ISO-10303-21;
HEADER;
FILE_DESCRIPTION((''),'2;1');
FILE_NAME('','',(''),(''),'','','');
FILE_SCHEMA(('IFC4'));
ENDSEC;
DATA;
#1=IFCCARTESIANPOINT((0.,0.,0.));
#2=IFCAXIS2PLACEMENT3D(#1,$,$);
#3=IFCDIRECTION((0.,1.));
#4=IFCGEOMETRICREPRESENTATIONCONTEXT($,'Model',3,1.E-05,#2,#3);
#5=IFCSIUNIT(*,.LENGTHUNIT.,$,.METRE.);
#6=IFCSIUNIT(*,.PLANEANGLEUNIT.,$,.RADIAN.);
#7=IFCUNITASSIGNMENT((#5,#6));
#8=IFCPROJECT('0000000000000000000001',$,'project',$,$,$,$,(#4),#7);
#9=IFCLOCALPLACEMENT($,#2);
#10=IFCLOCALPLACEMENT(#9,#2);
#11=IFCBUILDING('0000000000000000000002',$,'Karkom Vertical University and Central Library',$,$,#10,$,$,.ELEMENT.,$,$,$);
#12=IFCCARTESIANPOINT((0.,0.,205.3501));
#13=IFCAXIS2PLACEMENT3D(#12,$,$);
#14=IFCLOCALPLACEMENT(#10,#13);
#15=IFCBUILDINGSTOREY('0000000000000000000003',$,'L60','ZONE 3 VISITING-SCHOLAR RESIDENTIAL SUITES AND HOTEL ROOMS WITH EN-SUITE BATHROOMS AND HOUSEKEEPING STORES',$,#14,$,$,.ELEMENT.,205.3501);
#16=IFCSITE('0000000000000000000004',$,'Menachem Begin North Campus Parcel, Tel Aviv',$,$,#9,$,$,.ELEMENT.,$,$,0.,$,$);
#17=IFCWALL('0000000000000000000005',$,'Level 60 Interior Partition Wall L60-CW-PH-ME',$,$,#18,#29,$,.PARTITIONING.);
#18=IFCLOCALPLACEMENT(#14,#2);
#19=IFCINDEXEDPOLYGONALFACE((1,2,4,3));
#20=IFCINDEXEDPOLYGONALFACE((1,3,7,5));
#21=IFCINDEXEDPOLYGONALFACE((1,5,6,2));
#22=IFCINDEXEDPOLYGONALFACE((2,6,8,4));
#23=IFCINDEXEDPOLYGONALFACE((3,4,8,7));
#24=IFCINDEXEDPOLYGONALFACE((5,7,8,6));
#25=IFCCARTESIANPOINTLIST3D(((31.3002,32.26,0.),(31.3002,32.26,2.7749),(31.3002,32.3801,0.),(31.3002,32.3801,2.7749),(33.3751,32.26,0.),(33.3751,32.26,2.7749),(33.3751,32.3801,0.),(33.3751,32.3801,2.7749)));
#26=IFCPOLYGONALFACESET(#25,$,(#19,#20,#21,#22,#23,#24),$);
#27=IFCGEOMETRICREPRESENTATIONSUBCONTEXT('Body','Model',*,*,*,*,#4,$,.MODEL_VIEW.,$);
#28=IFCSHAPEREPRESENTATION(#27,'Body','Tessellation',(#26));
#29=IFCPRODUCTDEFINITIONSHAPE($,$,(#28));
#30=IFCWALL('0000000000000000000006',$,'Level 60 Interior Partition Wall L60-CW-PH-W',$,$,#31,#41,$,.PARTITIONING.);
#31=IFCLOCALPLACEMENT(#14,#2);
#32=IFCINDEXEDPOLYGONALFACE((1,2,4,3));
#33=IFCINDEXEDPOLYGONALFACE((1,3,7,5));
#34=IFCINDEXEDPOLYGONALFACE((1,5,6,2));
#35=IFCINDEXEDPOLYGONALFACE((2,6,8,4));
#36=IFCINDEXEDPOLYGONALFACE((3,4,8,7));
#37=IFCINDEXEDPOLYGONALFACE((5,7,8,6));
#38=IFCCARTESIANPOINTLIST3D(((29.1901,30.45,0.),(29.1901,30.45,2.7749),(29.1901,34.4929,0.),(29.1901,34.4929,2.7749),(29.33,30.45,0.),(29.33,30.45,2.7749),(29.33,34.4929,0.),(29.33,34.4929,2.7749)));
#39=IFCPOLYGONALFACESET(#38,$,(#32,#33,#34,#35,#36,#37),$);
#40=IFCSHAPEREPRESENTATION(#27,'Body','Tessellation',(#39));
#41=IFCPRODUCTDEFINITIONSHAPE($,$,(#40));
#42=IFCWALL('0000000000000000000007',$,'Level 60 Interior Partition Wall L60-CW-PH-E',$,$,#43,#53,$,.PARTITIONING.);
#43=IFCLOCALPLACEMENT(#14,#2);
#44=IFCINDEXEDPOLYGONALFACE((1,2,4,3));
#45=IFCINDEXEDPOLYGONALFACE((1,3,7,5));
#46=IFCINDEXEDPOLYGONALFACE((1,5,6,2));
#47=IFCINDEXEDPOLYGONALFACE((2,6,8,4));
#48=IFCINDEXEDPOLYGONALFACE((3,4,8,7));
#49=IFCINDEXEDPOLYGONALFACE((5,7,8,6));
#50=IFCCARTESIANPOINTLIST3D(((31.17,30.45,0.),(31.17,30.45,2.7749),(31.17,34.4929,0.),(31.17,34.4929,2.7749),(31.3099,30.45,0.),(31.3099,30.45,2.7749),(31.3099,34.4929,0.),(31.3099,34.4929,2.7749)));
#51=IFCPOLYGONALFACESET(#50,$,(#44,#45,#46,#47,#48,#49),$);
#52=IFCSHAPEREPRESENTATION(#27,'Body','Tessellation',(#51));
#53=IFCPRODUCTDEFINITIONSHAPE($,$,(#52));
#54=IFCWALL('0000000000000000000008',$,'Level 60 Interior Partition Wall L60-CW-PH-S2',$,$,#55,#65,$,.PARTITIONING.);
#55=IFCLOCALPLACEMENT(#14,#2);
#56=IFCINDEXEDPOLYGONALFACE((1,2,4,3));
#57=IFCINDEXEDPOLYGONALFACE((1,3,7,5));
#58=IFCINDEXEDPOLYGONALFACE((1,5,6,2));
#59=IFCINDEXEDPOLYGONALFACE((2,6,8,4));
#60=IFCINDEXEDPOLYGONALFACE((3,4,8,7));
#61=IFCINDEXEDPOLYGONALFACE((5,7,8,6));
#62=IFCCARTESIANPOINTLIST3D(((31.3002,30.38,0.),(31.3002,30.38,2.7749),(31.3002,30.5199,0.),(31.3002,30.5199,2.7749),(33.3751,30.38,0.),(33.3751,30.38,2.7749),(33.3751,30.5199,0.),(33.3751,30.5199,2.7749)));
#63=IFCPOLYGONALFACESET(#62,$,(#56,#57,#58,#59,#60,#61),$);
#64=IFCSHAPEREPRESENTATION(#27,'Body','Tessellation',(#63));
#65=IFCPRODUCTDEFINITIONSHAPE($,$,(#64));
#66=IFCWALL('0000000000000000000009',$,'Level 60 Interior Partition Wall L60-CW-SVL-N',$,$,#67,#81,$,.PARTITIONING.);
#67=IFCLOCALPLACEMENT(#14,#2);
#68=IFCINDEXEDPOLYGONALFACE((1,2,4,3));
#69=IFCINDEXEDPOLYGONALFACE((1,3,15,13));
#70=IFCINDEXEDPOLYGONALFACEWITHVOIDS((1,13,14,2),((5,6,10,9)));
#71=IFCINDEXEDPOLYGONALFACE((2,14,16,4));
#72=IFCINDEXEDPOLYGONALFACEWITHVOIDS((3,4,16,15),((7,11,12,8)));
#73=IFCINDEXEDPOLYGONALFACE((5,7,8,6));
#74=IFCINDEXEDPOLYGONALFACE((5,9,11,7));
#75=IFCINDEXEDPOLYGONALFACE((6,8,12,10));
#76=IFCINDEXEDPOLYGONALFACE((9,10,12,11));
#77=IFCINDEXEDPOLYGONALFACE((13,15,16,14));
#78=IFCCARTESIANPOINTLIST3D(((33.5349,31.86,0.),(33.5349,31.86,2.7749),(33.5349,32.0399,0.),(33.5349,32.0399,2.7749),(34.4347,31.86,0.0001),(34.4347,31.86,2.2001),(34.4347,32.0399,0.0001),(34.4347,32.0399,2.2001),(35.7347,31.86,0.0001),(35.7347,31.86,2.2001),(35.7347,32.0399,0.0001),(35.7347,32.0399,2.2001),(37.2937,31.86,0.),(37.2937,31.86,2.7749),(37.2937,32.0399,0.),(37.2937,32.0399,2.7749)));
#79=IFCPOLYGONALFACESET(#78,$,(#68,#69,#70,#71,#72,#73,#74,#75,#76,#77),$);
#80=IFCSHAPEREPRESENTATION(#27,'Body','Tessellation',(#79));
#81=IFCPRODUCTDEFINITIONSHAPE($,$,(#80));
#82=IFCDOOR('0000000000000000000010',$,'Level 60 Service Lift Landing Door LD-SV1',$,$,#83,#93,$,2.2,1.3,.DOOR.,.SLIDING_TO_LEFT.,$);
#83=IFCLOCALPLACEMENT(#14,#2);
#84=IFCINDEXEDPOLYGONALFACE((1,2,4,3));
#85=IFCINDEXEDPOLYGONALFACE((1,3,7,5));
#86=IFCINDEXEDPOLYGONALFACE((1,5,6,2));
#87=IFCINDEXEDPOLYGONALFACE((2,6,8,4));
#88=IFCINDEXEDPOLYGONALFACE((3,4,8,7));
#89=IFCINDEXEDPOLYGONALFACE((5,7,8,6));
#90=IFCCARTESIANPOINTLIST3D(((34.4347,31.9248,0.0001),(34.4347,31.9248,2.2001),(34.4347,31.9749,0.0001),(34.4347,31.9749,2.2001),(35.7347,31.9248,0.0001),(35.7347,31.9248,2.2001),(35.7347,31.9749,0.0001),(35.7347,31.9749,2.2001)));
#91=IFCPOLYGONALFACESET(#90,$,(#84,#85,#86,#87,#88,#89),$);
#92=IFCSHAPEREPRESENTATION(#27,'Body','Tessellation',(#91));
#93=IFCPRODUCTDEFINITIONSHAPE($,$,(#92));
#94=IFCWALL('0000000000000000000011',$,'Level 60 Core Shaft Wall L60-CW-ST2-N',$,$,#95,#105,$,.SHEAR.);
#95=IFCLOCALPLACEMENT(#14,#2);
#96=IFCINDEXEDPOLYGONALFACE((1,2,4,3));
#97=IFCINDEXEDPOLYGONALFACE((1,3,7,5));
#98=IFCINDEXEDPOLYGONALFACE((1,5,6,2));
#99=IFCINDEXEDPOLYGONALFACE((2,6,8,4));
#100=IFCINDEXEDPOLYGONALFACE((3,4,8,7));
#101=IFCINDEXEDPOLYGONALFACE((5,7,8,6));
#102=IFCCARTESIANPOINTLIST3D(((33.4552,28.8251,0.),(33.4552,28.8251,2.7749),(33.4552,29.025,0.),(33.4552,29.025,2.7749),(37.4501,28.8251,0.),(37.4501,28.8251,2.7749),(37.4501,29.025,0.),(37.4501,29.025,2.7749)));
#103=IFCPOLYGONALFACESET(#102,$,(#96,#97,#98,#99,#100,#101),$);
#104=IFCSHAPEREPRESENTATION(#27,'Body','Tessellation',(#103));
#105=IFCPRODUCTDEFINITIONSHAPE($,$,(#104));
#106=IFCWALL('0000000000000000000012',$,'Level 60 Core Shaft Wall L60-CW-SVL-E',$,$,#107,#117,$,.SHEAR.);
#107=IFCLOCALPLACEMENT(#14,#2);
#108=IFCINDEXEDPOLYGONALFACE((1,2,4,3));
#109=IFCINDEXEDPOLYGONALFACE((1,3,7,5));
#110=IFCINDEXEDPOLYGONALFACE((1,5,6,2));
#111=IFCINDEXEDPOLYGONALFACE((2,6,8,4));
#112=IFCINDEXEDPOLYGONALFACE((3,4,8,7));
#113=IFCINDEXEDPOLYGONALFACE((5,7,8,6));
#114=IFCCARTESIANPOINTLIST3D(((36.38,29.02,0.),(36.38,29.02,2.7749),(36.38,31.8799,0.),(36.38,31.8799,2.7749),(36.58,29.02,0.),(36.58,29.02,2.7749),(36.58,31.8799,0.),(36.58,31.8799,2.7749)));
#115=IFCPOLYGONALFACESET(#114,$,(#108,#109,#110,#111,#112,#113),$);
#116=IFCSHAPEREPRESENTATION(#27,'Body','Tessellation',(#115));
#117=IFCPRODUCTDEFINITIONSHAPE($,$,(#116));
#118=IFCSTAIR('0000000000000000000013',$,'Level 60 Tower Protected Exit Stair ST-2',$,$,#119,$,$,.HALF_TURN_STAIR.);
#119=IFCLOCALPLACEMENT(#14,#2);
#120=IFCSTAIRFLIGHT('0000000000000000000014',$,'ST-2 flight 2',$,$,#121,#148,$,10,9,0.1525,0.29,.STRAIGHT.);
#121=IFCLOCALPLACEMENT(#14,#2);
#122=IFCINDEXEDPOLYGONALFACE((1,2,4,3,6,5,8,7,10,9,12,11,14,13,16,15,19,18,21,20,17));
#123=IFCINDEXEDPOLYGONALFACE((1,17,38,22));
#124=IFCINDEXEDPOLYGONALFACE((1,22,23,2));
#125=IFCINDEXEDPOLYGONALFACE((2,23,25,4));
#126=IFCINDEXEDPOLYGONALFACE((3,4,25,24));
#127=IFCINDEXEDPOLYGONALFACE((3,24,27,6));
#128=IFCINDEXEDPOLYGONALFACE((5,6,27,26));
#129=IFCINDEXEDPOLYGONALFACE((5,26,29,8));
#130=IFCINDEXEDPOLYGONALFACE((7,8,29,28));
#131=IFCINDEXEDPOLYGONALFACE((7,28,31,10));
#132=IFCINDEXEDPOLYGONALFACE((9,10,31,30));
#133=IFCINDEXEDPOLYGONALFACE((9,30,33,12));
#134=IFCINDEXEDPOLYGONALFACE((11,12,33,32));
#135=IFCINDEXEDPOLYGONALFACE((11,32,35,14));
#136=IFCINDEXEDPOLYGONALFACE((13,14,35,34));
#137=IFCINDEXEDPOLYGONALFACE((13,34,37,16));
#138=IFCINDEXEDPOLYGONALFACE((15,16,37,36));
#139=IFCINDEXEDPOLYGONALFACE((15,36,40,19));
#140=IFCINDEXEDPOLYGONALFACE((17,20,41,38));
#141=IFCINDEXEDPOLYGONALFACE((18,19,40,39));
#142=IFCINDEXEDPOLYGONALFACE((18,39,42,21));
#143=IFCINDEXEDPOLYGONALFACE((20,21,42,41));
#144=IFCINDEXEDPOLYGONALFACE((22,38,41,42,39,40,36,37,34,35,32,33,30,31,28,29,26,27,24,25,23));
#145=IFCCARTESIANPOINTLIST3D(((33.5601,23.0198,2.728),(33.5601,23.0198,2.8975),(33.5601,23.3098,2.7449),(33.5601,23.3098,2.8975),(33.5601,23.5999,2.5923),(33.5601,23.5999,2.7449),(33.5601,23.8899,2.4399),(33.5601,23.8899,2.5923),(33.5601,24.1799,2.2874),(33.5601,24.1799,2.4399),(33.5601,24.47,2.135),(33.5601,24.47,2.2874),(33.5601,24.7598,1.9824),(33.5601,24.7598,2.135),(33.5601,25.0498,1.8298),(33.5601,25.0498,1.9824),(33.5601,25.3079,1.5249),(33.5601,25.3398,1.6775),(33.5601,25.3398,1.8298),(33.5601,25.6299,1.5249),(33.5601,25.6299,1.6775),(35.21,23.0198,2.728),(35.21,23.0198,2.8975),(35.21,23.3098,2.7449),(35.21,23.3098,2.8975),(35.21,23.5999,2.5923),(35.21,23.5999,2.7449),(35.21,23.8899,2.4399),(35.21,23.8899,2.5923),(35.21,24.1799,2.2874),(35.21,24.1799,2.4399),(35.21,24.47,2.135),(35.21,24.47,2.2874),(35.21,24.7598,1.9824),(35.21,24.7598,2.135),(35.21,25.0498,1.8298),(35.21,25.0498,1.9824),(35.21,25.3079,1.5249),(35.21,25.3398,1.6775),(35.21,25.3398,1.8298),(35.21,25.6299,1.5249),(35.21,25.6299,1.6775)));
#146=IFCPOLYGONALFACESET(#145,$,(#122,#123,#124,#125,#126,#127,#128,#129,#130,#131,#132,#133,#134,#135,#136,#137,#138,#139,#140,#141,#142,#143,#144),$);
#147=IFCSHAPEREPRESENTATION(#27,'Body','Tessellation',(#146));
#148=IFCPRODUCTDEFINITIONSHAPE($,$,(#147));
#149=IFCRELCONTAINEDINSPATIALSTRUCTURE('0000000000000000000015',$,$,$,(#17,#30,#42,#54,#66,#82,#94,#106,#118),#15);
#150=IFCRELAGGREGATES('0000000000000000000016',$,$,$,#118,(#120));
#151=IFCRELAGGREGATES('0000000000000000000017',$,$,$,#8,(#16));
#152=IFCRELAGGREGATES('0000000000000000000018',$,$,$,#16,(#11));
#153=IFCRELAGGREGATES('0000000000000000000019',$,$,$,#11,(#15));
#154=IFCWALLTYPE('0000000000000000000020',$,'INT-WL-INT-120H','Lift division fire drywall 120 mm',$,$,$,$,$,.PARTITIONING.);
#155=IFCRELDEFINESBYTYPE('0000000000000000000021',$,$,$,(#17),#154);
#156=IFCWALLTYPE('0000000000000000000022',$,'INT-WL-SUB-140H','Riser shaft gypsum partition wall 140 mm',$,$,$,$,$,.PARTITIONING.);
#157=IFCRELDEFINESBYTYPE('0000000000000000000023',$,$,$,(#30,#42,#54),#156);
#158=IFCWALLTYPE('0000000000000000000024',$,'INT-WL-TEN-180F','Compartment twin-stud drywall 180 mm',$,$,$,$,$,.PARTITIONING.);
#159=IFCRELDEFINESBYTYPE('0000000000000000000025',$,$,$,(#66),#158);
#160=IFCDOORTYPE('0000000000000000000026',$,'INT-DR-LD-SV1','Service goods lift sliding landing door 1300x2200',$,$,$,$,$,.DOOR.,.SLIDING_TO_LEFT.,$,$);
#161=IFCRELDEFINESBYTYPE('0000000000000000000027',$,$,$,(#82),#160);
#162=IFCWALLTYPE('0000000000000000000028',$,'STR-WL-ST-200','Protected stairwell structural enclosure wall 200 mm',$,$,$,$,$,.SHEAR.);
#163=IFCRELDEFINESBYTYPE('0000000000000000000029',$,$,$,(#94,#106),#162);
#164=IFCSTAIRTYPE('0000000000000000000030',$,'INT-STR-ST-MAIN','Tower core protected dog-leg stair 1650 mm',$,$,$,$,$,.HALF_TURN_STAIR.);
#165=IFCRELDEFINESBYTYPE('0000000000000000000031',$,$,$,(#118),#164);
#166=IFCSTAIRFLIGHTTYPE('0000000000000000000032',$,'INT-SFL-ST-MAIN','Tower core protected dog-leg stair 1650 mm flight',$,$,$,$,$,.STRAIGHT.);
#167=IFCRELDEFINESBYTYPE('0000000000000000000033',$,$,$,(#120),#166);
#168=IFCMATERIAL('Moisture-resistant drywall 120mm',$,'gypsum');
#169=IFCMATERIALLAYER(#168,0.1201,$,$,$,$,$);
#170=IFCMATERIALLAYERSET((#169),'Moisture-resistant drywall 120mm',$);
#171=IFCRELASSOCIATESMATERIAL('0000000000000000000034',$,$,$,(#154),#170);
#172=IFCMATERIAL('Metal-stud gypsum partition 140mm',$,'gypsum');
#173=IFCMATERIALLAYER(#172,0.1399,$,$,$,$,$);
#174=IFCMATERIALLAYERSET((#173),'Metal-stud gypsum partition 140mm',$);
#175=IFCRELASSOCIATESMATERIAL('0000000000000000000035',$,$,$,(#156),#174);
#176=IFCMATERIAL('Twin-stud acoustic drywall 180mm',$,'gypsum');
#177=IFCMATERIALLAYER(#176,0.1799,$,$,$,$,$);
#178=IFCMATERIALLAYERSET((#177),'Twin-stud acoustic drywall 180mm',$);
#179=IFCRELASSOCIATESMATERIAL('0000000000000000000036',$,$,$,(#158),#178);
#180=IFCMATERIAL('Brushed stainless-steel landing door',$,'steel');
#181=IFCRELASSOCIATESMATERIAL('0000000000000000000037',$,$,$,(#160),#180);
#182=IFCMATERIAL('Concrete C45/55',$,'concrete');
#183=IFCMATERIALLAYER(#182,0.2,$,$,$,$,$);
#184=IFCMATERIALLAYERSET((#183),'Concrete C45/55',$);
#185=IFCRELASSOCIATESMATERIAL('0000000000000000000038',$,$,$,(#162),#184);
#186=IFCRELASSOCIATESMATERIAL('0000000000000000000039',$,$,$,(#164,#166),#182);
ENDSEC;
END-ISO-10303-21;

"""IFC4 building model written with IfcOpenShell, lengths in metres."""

from ifc_helpers import new_model, si_unit, direction, frame, frame_2d, origin, origin_with_axes, place, context, subcontext, project, spatial, polyline, rectangle, outline, extrude, source, transform, mapped, material, layer, layer_set, type_object, element, fill, aggregate, save


model = new_model("IFC4")

# Units and contexts
model_context = context("Model", 3, precision=1e-05, world=origin(), true_north=direction((0.0, 1.0)))
body_context = subcontext(model_context, "Body", "Model", "MODEL_VIEW")
ifc_project = project(units=[si_unit("LENGTHUNIT", "METRE"), si_unit("PLANEANGLEUNIT", "RADIAN")], contexts=[model_context])

# Site, building, storey
site_placement = place(None, origin())
site = spatial("IfcSite", under=ifc_project, at=site_placement, Name="Menachem Begin North Campus Parcel, Tel Aviv", CompositionType="ELEMENT", RefElevation=0.0)
building_placement = place(site_placement, origin())
building = spatial("IfcBuilding", under=site, at=building_placement, Name="Karkom Vertical University and Central Library", CompositionType="ELEMENT")
storey_placement = place(building_placement, frame((0.0, 0.0, 205.3501)))
storey = spatial("IfcBuildingStorey", under=building, at=storey_placement, Name="L60", Description="ZONE 3 VISITING-SCHOLAR RESIDENTIAL SUITES AND HOTEL ROOMS WITH EN-SUITE BATHROOMS AND HOUSEKEEPING STORES", CompositionType="ELEMENT", Elevation=205.3501)

# Walls
ifc_material_1 = material(Name="Moisture-resistant drywall 120mm", Category="gypsum")
ifc_layer_1 = layer(ifc_material_1, 0.1201)
ifc_layer_set_1 = layer_set([ifc_layer_1], Name="Moisture-resistant drywall 120mm")
wall_type_1 = type_object("IfcWallType", Name="INT-WL-INT-120H", Description="Lift division fire drywall 120 mm", PredefinedType="PARTITIONING", material=ifc_layer_set_1)
wall_1_placement = place(storey_placement, frame((31.3, 32.3201, 0.0), z_axis=(0.0, 0.0, 1.0), x_axis=(1.0, 0.0, 0.0)))
element("IfcWall", 1, at=wall_1_placement, inside=storey, type_object=wall_type_1, Name="Level 60 Interior Partition Wall L60-CW-PH-ME", PredefinedType="PARTITIONING", context=body_context, shape_type="SweptSolid", body=[
    extrude(rectangle(XDim=2.075, YDim=0.1201, at=frame_2d((1.0376, 0.0))), origin(), (0.0, 0.0, 1.0), 2.7749),
])
ifc_material_2 = material(Name="Metal-stud gypsum partition 140mm", Category="gypsum")
ifc_layer_2 = layer(ifc_material_2, 0.1399)
ifc_layer_set_2 = layer_set([ifc_layer_2], Name="Metal-stud gypsum partition 140mm")
wall_type_2 = type_object("IfcWallType", Name="INT-WL-SUB-140H", Description="Riser shaft gypsum partition wall 140 mm", PredefinedType="PARTITIONING", material=ifc_layer_set_2)
for number, where, z_axis, x_axis, name in (
    (2, (29.26, 30.45, 0.0), (0.0, 0.0, 1.0), (0.0, 1.0, 0.0), "Level 60 Interior Partition Wall L60-CW-PH-W"),
    (3, (31.24, 30.45, 0.0), (0.0, 0.0, 1.0), (0.0, 1.0, 0.0), "Level 60 Interior Partition Wall L60-CW-PH-E"),
):
    element("IfcWall", number, at=place(storey_placement, frame(where, z_axis=z_axis, x_axis=x_axis)), inside=storey, type_object=wall_type_2, Name=name, PredefinedType="PARTITIONING", context=body_context, shape_type="SweptSolid", body=[
        extrude(rectangle(XDim=4.043, YDim=0.1399, at=frame_2d((2.0215, 0.0))), origin(), (0.0, 0.0, 1.0), 2.7749),
    ])
wall_2_placement = place(storey_placement, frame((31.3, 30.45, 0.0), z_axis=(0.0, 0.0, 1.0), x_axis=(1.0, 0.0, 0.0)))
element("IfcWall", 4, at=wall_2_placement, inside=storey, type_object=wall_type_2, Name="Level 60 Interior Partition Wall L60-CW-PH-S2", PredefinedType="PARTITIONING", context=body_context, shape_type="SweptSolid", body=[
    extrude(rectangle(XDim=2.075, YDim=0.1399, at=frame_2d((1.0376, 0.0))), origin(), (0.0, 0.0, 1.0), 2.7749),
])

# Wall, opening, door
ifc_material_3 = material(Name="Twin-stud acoustic drywall 180mm", Category="gypsum")
ifc_layer_3 = layer(ifc_material_3, 0.1799)
ifc_layer_set_3 = layer_set([ifc_layer_3], Name="Twin-stud acoustic drywall 180mm")
wall_type_3 = type_object("IfcWallType", Name="INT-WL-TEN-180F", Description="Compartment twin-stud drywall 180 mm", PredefinedType="PARTITIONING", material=ifc_layer_set_3)
wall_3_placement = place(storey_placement, frame((33.5349, 31.95, 0.0), z_axis=(0.0, 0.0, 1.0), x_axis=(1.0, 0.0, 0.0)))
wall_3 = element("IfcWall", 5, at=wall_3_placement, inside=storey, type_object=wall_type_3, Name="Level 60 Interior Partition Wall L60-CW-SVL-N", PredefinedType="PARTITIONING", context=body_context, shape_type="SweptSolid", body=[
    extrude(rectangle(XDim=3.7588, YDim=0.1799, at=frame_2d((1.8794, 0.0))), origin(), (0.0, 0.0, 1.0), 2.7749),
])
opening_1_placement = place(wall_3_placement, frame((0.8999, 0.0, 0.0)))
opening_1 = element("IfcOpeningElement", 6, at=opening_1_placement, cuts=wall_3, PredefinedType="OPENING", context=body_context, shape_type="SweptSolid", body=[
    extrude(rectangle(XDim=1.3, YDim=2.2, at=frame_2d((0.6499, 1.1001))), frame((0.0, 0.1001, 0.0), z_axis=(0.0, -1.0, 0.0), x_axis=(1.0, 0.0, 0.0)), (0.0, 0.0, 1.0), 0.2),
])
ifc_material_4 = material(Name="Brushed stainless-steel landing door", Category="steel")
door_type_1 = type_object("IfcDoorType", Name="INT-DR-LD-SV1", Description="Service goods lift sliding landing door 1300x2200", OperationType="SLIDING_TO_LEFT", PredefinedType="DOOR", material=ifc_material_4)
shared_shape_1 = source(origin_with_axes(), body_context, "Body", "SweptSolid", [
    extrude(rectangle(XDim=1.3, YDim=2.2, at=frame_2d((0.6499, 1.1001))), frame((0.0, 0.0249, 0.0), z_axis=(0.0, -1.0, 0.0), x_axis=(1.0, 0.0, 0.0)), (0.0, 0.0, 1.0), 0.05),
])
door_1_placement = place(opening_1_placement, origin())
door_1 = element("IfcDoor", 7, at=door_1_placement, inside=storey, type_object=door_type_1, Name="Level 60 Service Lift Landing Door LD-SV1", OperationType="SLIDING_TO_LEFT", OverallHeight=2.2, OverallWidth=1.3, PredefinedType="DOOR", context=body_context, shape_type="MappedRepresentation", body=[
    mapped(shared_shape_1, transform((0.0, 0.0, 0.0), scale=1.0)),
])
fill(opening_1, door_1)

# Walls
ifc_material_5 = material(Name="Concrete C45/55", Category="concrete")
ifc_layer_4 = layer(ifc_material_5, 0.2)
ifc_layer_set_4 = layer_set([ifc_layer_4], Name="Concrete C45/55")
wall_type_4 = type_object("IfcWallType", Name="STR-WL-ST-200", Description="Protected stairwell structural enclosure wall 200 mm", PredefinedType="SHEAR", material=ifc_layer_set_4)
wall_4_placement = place(storey_placement, frame((33.4551, 28.925, 0.0), z_axis=(0.0, 0.0, 1.0), x_axis=(1.0, 0.0, 0.0)))
element("IfcWall", 8, at=wall_4_placement, inside=storey, type_object=wall_type_4, Name="Level 60 Core Shaft Wall L60-CW-ST2-N", PredefinedType="SHEAR", context=body_context, shape_type="SweptSolid", body=[
    extrude(rectangle(XDim=3.9949, YDim=0.2, at=frame_2d((1.9976, 0.0))), origin(), (0.0, 0.0, 1.0), 2.7749),
])
wall_5_placement = place(storey_placement, frame((36.48, 29.02, 0.0), z_axis=(0.0, 0.0, 1.0), x_axis=(0.0, 1.0, 0.0)))
element("IfcWall", 9, at=wall_5_placement, inside=storey, type_object=wall_type_4, Name="Level 60 Core Shaft Wall L60-CW-SVL-E", PredefinedType="SHEAR", context=body_context, shape_type="SweptSolid", body=[
    extrude(rectangle(XDim=2.8599, YDim=0.2, at=frame_2d((1.4299, 0.0))), origin(), (0.0, 0.0, 1.0), 2.7749),
])

# Stair, stair flight
stair_type = type_object("IfcStairType", Name="INT-STR-ST-MAIN", Description="Tower core protected dog-leg stair 1650 mm", PredefinedType="HALF_TURN_STAIR", material=ifc_material_5)
stair_placement = place(storey_placement, origin())
stair = element("IfcStair", 10, at=stair_placement, inside=storey, type_object=stair_type, Name="Level 60 Tower Protected Exit Stair ST-2", PredefinedType="HALF_TURN_STAIR")
stair_flight_type = type_object("IfcStairFlightType", Name="INT-SFL-ST-MAIN", Description="Tower core protected dog-leg stair 1650 mm flight", PredefinedType="STRAIGHT", material=ifc_material_5)
stair_flight_placement = place(storey_placement, frame((34.385, 25.6299, 1.5249), z_axis=(0.0, 0.0, 1.0), x_axis=(0.0, -1.0, 0.0)))
stair_flight = element("IfcStairFlight", 11, at=stair_flight_placement, type_object=stair_flight_type, Name="ST-2 flight 2", NumberOfRisers=10, NumberOfTreads=9, PredefinedType="STRAIGHT", RiserHeight=0.1525, TreadLength=0.29, context=body_context, shape_type="SweptSolid", body=[
    extrude(outline(polyline([(0.0, 0.0), (0.0, 0.1526), (0.29, 0.1526), (0.29, 0.3049), (0.5801, 0.3049), (0.5801, 0.4575), (0.8701, 0.4575), (0.8701, 0.6101), (1.1599, 0.6101), (1.1599, 0.7625), (1.45, 0.7625), (1.45, 0.915), (1.74, 0.915), (1.74, 1.0674), (2.03, 1.0674), (2.03, 1.22), (2.3201, 1.22), (2.3201, 1.3726), (2.6101, 1.3726), (2.6101, 1.5249), (2.6101, 1.2031), (0.322, 0.0), (0.0, 0.0)])), frame((0.0, 0.825, 0.0), z_axis=(0.0, -1.0, 0.0), x_axis=(1.0, 0.0, 0.0)), (0.0, 0.0, 1.0), 1.6499),
])
aggregate(stair, [stair_flight])

save(model, "model.ifc")
